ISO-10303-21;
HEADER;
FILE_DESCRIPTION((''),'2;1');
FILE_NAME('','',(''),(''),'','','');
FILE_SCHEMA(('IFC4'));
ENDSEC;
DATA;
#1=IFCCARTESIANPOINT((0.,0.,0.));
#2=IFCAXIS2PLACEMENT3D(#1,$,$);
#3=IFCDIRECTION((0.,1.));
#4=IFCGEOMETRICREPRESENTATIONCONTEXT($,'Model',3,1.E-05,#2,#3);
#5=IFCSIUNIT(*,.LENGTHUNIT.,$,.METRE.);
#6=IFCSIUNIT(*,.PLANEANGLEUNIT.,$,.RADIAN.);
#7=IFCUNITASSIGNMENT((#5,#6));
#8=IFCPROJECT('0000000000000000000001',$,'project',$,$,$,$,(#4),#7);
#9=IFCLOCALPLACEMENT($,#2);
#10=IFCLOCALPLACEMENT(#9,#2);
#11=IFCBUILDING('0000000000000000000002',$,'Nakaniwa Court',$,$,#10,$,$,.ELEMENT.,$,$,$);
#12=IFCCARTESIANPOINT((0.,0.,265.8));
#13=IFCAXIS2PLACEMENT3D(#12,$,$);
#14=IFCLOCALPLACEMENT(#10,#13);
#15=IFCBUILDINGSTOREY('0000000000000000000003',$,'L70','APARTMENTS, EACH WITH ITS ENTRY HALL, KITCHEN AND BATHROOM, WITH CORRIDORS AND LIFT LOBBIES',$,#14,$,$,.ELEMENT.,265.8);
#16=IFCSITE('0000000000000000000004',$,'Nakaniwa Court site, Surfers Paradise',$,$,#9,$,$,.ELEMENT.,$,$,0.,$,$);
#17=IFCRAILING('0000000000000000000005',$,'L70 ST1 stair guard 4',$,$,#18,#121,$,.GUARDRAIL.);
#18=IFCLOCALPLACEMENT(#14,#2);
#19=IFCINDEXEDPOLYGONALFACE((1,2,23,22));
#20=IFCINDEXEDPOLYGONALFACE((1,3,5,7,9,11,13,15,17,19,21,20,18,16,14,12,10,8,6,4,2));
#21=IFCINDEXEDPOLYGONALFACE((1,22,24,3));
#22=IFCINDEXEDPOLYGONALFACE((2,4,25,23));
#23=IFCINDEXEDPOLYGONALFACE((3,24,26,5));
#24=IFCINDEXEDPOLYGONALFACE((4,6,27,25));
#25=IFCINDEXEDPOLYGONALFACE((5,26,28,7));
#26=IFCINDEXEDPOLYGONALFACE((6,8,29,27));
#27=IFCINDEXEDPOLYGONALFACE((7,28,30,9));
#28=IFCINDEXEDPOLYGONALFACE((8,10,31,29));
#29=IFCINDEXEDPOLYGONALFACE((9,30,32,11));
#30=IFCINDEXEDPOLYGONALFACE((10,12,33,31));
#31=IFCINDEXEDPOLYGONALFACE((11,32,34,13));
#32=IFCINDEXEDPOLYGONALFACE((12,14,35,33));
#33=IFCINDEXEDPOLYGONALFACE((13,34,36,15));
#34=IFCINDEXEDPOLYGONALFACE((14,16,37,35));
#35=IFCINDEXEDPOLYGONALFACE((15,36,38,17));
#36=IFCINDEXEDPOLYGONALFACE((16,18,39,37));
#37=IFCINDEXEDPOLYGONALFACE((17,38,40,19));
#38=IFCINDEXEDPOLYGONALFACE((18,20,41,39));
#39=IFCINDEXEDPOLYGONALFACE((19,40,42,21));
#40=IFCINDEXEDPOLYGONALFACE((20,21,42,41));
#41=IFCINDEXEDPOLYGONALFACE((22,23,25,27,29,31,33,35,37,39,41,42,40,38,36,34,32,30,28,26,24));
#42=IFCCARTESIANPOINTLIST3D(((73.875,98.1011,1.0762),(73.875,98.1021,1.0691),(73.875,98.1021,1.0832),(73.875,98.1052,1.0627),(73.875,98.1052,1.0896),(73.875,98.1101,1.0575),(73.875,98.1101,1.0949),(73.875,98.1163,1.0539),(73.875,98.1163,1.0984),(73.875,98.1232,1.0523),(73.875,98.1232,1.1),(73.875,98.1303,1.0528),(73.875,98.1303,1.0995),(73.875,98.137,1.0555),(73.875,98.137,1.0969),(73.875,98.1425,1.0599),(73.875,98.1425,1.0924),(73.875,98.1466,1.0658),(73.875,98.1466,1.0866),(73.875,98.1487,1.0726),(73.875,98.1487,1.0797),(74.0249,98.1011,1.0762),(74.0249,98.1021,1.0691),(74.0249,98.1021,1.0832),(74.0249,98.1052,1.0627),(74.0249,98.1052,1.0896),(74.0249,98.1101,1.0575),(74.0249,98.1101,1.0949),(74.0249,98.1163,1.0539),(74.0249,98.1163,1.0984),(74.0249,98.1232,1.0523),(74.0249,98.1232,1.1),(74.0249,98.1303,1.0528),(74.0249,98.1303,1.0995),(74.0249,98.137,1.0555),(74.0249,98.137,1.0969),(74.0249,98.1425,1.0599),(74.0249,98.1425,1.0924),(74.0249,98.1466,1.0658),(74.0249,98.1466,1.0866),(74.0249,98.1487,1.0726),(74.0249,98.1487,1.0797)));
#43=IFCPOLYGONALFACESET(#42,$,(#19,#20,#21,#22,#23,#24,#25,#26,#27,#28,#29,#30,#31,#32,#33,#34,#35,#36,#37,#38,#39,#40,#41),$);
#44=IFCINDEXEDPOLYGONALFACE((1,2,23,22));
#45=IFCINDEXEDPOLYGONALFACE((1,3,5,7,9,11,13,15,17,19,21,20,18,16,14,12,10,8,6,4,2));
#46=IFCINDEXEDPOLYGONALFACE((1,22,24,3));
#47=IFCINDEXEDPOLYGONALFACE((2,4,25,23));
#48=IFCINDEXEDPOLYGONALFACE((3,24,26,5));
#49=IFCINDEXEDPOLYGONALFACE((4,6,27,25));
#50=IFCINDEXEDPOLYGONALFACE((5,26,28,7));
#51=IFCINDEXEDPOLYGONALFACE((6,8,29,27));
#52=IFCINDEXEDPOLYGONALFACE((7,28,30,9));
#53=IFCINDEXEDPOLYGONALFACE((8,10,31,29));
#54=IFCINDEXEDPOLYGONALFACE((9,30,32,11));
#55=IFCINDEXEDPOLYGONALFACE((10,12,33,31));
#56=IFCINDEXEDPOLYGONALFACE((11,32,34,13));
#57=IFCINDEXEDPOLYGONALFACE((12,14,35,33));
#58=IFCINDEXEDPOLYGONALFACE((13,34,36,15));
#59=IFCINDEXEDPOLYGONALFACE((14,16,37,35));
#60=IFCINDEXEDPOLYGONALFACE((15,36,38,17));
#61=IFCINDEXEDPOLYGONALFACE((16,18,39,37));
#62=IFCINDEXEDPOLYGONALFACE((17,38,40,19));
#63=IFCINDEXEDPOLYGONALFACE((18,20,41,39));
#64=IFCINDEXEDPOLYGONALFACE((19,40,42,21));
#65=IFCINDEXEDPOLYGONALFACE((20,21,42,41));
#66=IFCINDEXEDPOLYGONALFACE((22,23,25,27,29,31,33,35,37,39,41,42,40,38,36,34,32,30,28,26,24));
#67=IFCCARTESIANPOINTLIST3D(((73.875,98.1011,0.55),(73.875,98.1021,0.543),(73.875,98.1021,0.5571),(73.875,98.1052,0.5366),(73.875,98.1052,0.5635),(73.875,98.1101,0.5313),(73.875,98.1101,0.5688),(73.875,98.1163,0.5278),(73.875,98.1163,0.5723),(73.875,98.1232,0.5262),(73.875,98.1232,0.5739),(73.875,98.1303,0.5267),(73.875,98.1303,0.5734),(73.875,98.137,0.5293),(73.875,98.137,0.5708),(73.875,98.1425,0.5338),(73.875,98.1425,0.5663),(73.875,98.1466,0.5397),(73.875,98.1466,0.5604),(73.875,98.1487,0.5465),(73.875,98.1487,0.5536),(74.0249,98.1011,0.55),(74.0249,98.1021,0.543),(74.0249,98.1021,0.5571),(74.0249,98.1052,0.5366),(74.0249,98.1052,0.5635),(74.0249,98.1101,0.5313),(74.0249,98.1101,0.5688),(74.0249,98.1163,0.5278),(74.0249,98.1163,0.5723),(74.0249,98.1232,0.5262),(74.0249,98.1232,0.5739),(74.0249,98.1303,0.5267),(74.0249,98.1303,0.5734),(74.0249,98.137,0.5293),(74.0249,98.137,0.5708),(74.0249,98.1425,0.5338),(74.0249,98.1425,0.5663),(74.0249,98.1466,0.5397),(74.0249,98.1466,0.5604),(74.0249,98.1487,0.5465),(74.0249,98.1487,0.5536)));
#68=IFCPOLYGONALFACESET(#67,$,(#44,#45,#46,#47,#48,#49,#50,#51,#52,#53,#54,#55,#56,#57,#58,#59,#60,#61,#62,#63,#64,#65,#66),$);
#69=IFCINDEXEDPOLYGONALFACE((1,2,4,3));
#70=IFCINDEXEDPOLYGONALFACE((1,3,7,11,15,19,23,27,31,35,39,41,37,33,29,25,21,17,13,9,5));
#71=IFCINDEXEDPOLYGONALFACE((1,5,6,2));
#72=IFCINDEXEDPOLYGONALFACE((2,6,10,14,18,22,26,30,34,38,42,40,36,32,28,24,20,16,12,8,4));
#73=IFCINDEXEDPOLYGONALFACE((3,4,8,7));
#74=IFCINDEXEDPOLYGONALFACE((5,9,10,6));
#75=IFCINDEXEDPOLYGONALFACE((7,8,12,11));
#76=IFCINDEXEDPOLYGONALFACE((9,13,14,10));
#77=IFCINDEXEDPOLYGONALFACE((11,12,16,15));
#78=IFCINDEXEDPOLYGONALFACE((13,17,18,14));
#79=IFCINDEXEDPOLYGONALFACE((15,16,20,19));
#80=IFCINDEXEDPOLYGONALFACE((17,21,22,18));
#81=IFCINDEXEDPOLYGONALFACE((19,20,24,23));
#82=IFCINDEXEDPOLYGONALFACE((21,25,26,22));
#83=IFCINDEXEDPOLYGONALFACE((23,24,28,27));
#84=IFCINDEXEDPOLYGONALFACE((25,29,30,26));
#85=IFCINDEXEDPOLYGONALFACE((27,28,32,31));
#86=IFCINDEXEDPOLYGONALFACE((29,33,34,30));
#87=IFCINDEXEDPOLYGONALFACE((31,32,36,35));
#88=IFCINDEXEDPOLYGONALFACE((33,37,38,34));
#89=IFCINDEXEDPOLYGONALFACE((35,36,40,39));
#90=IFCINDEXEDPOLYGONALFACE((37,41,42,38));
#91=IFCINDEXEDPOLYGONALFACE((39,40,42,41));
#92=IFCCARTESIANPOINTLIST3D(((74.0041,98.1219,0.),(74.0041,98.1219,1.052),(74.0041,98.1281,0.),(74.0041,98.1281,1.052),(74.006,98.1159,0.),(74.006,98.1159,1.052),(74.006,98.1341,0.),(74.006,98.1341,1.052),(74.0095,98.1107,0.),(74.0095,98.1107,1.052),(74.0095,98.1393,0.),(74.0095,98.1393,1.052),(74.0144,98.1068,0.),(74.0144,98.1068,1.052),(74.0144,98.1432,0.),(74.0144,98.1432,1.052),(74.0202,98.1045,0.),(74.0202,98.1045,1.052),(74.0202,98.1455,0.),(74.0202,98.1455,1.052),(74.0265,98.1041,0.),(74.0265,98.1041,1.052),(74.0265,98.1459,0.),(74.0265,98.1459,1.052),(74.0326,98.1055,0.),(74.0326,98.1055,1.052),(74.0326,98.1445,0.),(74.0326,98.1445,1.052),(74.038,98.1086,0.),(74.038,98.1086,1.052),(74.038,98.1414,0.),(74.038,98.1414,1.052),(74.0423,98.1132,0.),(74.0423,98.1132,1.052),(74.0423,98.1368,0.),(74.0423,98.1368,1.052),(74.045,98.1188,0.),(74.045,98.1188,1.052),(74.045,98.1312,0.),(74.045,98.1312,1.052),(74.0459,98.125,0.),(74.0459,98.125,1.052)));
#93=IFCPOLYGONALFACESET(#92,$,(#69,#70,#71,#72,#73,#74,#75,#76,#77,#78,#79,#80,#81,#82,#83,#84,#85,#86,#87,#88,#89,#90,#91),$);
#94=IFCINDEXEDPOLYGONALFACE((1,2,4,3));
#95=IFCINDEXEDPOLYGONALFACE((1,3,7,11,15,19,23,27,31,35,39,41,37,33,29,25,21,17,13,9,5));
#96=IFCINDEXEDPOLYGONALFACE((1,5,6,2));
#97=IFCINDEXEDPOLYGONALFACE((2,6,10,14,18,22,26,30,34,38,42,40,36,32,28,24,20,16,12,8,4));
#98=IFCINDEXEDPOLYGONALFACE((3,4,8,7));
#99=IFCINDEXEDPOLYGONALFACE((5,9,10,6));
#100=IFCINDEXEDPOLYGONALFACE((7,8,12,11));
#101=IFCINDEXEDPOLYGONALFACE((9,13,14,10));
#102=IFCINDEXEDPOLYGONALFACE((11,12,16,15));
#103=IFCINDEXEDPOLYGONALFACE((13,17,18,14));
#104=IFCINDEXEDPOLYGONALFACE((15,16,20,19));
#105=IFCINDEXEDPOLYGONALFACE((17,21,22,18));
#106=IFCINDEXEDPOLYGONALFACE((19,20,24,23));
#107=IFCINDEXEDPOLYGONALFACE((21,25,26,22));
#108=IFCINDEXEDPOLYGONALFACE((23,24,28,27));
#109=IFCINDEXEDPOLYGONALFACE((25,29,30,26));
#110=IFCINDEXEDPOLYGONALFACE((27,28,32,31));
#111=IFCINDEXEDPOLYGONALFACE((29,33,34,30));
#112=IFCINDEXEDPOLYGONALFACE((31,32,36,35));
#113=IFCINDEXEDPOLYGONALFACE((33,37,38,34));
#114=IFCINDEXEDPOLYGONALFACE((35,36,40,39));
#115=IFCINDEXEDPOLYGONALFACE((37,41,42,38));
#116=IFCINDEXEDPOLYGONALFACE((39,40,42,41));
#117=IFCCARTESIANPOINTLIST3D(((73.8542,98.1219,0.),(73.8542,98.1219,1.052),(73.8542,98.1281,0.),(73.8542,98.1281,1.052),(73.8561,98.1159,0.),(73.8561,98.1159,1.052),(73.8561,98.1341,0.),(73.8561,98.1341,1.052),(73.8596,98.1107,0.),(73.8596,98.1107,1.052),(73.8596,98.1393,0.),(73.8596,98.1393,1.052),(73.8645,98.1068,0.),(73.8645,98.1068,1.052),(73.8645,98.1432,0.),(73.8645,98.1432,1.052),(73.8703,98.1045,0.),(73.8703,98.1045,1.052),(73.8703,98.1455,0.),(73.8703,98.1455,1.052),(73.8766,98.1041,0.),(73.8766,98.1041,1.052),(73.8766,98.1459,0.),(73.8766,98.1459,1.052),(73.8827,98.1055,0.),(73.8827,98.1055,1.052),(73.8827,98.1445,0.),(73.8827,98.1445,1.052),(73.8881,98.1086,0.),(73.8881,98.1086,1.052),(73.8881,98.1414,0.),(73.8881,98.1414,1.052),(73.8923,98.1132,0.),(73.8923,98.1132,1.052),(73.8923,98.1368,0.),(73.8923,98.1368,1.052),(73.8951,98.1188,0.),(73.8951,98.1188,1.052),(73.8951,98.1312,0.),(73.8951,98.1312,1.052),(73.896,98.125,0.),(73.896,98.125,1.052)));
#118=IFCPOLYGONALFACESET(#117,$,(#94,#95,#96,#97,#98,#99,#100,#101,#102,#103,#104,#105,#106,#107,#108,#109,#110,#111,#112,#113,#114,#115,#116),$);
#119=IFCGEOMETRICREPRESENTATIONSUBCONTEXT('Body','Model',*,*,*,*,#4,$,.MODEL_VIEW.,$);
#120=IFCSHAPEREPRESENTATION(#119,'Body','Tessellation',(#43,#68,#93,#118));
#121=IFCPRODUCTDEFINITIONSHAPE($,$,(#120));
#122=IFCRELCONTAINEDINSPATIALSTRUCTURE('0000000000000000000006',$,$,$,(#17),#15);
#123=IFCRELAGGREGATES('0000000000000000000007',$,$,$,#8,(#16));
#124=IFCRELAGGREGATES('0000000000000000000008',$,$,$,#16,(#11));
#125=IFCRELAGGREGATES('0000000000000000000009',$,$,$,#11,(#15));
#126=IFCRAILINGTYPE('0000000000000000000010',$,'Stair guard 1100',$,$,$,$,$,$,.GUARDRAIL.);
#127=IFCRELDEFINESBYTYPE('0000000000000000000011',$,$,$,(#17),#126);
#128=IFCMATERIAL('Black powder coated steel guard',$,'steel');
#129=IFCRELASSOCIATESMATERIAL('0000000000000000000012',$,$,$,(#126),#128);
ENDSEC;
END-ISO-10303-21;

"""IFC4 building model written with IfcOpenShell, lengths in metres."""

from ifc_helpers import new_model, si_unit, direction, frame, origin, origin_2d, place, context, subcontext, project, spatial, circle, extrude, material, type_object, element, save


model = new_model("IFC4")

# Units and contexts
model_context = context("Model", 3, precision=1e-05, world=origin(), true_north=direction((0.0, 1.0)))
body_context = subcontext(model_context, "Body", "Model", "MODEL_VIEW")
ifc_project = project(units=[si_unit("LENGTHUNIT", "METRE"), si_unit("PLANEANGLEUNIT", "RADIAN")], contexts=[model_context])

# Site, building, storey
site_placement = place(None, origin())
site = spatial("IfcSite", under=ifc_project, at=site_placement, Name="Nakaniwa Court site, Surfers Paradise", CompositionType="ELEMENT", RefElevation=0.0)
building_placement = place(site_placement, origin())
building = spatial("IfcBuilding", under=site, at=building_placement, Name="Nakaniwa Court", CompositionType="ELEMENT")
storey_placement = place(building_placement, frame((0.0, 0.0, 265.8)))
storey = spatial("IfcBuildingStorey", under=building, at=storey_placement, Name="L70", Description="APARTMENTS, EACH WITH ITS ENTRY HALL, KITCHEN AND BATHROOM, WITH CORRIDORS AND LIFT LOBBIES", CompositionType="ELEMENT", Elevation=265.8)

# Railing
ifc_material_1 = material(Name="Black powder coated steel guard", Category="steel")
railing_type_1 = type_object("IfcRailingType", Name="Stair guard 1100", PredefinedType="GUARDRAIL", material=ifc_material_1)
railing_1_placement = place(storey_placement, frame((74.0249, 98.125, 0.0)))
element("IfcRailing", 1, at=railing_1_placement, inside=storey, type_object=railing_type_1, Name="L70 ST1 stair guard 4", PredefinedType="GUARDRAIL", context=body_context, shape_type="SweptSolid", body=[
    extrude(circle(Radius=0.0239, at=origin_2d()), frame((0.0, 0.0, 1.0762), z_axis=(-1.0, 0.0, 0.0), x_axis=(0.0, -1.0, 0.0)), (0.0, 0.0, 1.0), 0.1499),
    extrude(circle(Radius=0.0239, at=origin_2d()), frame((0.0, 0.0, 0.55), z_axis=(-1.0, 0.0, 0.0), x_axis=(0.0, -1.0, 0.0)), (0.0, 0.0, 1.0), 0.1499),
    extrude(circle(Radius=0.021, at=origin_2d()), origin(), (0.0, 0.0, 1.0), 1.052),
    extrude(circle(Radius=0.021, at=origin_2d()), frame((-0.1499, 0.0, 0.0)), (0.0, 0.0, 1.0), 1.052),
])

save(model, "model.ifc")
